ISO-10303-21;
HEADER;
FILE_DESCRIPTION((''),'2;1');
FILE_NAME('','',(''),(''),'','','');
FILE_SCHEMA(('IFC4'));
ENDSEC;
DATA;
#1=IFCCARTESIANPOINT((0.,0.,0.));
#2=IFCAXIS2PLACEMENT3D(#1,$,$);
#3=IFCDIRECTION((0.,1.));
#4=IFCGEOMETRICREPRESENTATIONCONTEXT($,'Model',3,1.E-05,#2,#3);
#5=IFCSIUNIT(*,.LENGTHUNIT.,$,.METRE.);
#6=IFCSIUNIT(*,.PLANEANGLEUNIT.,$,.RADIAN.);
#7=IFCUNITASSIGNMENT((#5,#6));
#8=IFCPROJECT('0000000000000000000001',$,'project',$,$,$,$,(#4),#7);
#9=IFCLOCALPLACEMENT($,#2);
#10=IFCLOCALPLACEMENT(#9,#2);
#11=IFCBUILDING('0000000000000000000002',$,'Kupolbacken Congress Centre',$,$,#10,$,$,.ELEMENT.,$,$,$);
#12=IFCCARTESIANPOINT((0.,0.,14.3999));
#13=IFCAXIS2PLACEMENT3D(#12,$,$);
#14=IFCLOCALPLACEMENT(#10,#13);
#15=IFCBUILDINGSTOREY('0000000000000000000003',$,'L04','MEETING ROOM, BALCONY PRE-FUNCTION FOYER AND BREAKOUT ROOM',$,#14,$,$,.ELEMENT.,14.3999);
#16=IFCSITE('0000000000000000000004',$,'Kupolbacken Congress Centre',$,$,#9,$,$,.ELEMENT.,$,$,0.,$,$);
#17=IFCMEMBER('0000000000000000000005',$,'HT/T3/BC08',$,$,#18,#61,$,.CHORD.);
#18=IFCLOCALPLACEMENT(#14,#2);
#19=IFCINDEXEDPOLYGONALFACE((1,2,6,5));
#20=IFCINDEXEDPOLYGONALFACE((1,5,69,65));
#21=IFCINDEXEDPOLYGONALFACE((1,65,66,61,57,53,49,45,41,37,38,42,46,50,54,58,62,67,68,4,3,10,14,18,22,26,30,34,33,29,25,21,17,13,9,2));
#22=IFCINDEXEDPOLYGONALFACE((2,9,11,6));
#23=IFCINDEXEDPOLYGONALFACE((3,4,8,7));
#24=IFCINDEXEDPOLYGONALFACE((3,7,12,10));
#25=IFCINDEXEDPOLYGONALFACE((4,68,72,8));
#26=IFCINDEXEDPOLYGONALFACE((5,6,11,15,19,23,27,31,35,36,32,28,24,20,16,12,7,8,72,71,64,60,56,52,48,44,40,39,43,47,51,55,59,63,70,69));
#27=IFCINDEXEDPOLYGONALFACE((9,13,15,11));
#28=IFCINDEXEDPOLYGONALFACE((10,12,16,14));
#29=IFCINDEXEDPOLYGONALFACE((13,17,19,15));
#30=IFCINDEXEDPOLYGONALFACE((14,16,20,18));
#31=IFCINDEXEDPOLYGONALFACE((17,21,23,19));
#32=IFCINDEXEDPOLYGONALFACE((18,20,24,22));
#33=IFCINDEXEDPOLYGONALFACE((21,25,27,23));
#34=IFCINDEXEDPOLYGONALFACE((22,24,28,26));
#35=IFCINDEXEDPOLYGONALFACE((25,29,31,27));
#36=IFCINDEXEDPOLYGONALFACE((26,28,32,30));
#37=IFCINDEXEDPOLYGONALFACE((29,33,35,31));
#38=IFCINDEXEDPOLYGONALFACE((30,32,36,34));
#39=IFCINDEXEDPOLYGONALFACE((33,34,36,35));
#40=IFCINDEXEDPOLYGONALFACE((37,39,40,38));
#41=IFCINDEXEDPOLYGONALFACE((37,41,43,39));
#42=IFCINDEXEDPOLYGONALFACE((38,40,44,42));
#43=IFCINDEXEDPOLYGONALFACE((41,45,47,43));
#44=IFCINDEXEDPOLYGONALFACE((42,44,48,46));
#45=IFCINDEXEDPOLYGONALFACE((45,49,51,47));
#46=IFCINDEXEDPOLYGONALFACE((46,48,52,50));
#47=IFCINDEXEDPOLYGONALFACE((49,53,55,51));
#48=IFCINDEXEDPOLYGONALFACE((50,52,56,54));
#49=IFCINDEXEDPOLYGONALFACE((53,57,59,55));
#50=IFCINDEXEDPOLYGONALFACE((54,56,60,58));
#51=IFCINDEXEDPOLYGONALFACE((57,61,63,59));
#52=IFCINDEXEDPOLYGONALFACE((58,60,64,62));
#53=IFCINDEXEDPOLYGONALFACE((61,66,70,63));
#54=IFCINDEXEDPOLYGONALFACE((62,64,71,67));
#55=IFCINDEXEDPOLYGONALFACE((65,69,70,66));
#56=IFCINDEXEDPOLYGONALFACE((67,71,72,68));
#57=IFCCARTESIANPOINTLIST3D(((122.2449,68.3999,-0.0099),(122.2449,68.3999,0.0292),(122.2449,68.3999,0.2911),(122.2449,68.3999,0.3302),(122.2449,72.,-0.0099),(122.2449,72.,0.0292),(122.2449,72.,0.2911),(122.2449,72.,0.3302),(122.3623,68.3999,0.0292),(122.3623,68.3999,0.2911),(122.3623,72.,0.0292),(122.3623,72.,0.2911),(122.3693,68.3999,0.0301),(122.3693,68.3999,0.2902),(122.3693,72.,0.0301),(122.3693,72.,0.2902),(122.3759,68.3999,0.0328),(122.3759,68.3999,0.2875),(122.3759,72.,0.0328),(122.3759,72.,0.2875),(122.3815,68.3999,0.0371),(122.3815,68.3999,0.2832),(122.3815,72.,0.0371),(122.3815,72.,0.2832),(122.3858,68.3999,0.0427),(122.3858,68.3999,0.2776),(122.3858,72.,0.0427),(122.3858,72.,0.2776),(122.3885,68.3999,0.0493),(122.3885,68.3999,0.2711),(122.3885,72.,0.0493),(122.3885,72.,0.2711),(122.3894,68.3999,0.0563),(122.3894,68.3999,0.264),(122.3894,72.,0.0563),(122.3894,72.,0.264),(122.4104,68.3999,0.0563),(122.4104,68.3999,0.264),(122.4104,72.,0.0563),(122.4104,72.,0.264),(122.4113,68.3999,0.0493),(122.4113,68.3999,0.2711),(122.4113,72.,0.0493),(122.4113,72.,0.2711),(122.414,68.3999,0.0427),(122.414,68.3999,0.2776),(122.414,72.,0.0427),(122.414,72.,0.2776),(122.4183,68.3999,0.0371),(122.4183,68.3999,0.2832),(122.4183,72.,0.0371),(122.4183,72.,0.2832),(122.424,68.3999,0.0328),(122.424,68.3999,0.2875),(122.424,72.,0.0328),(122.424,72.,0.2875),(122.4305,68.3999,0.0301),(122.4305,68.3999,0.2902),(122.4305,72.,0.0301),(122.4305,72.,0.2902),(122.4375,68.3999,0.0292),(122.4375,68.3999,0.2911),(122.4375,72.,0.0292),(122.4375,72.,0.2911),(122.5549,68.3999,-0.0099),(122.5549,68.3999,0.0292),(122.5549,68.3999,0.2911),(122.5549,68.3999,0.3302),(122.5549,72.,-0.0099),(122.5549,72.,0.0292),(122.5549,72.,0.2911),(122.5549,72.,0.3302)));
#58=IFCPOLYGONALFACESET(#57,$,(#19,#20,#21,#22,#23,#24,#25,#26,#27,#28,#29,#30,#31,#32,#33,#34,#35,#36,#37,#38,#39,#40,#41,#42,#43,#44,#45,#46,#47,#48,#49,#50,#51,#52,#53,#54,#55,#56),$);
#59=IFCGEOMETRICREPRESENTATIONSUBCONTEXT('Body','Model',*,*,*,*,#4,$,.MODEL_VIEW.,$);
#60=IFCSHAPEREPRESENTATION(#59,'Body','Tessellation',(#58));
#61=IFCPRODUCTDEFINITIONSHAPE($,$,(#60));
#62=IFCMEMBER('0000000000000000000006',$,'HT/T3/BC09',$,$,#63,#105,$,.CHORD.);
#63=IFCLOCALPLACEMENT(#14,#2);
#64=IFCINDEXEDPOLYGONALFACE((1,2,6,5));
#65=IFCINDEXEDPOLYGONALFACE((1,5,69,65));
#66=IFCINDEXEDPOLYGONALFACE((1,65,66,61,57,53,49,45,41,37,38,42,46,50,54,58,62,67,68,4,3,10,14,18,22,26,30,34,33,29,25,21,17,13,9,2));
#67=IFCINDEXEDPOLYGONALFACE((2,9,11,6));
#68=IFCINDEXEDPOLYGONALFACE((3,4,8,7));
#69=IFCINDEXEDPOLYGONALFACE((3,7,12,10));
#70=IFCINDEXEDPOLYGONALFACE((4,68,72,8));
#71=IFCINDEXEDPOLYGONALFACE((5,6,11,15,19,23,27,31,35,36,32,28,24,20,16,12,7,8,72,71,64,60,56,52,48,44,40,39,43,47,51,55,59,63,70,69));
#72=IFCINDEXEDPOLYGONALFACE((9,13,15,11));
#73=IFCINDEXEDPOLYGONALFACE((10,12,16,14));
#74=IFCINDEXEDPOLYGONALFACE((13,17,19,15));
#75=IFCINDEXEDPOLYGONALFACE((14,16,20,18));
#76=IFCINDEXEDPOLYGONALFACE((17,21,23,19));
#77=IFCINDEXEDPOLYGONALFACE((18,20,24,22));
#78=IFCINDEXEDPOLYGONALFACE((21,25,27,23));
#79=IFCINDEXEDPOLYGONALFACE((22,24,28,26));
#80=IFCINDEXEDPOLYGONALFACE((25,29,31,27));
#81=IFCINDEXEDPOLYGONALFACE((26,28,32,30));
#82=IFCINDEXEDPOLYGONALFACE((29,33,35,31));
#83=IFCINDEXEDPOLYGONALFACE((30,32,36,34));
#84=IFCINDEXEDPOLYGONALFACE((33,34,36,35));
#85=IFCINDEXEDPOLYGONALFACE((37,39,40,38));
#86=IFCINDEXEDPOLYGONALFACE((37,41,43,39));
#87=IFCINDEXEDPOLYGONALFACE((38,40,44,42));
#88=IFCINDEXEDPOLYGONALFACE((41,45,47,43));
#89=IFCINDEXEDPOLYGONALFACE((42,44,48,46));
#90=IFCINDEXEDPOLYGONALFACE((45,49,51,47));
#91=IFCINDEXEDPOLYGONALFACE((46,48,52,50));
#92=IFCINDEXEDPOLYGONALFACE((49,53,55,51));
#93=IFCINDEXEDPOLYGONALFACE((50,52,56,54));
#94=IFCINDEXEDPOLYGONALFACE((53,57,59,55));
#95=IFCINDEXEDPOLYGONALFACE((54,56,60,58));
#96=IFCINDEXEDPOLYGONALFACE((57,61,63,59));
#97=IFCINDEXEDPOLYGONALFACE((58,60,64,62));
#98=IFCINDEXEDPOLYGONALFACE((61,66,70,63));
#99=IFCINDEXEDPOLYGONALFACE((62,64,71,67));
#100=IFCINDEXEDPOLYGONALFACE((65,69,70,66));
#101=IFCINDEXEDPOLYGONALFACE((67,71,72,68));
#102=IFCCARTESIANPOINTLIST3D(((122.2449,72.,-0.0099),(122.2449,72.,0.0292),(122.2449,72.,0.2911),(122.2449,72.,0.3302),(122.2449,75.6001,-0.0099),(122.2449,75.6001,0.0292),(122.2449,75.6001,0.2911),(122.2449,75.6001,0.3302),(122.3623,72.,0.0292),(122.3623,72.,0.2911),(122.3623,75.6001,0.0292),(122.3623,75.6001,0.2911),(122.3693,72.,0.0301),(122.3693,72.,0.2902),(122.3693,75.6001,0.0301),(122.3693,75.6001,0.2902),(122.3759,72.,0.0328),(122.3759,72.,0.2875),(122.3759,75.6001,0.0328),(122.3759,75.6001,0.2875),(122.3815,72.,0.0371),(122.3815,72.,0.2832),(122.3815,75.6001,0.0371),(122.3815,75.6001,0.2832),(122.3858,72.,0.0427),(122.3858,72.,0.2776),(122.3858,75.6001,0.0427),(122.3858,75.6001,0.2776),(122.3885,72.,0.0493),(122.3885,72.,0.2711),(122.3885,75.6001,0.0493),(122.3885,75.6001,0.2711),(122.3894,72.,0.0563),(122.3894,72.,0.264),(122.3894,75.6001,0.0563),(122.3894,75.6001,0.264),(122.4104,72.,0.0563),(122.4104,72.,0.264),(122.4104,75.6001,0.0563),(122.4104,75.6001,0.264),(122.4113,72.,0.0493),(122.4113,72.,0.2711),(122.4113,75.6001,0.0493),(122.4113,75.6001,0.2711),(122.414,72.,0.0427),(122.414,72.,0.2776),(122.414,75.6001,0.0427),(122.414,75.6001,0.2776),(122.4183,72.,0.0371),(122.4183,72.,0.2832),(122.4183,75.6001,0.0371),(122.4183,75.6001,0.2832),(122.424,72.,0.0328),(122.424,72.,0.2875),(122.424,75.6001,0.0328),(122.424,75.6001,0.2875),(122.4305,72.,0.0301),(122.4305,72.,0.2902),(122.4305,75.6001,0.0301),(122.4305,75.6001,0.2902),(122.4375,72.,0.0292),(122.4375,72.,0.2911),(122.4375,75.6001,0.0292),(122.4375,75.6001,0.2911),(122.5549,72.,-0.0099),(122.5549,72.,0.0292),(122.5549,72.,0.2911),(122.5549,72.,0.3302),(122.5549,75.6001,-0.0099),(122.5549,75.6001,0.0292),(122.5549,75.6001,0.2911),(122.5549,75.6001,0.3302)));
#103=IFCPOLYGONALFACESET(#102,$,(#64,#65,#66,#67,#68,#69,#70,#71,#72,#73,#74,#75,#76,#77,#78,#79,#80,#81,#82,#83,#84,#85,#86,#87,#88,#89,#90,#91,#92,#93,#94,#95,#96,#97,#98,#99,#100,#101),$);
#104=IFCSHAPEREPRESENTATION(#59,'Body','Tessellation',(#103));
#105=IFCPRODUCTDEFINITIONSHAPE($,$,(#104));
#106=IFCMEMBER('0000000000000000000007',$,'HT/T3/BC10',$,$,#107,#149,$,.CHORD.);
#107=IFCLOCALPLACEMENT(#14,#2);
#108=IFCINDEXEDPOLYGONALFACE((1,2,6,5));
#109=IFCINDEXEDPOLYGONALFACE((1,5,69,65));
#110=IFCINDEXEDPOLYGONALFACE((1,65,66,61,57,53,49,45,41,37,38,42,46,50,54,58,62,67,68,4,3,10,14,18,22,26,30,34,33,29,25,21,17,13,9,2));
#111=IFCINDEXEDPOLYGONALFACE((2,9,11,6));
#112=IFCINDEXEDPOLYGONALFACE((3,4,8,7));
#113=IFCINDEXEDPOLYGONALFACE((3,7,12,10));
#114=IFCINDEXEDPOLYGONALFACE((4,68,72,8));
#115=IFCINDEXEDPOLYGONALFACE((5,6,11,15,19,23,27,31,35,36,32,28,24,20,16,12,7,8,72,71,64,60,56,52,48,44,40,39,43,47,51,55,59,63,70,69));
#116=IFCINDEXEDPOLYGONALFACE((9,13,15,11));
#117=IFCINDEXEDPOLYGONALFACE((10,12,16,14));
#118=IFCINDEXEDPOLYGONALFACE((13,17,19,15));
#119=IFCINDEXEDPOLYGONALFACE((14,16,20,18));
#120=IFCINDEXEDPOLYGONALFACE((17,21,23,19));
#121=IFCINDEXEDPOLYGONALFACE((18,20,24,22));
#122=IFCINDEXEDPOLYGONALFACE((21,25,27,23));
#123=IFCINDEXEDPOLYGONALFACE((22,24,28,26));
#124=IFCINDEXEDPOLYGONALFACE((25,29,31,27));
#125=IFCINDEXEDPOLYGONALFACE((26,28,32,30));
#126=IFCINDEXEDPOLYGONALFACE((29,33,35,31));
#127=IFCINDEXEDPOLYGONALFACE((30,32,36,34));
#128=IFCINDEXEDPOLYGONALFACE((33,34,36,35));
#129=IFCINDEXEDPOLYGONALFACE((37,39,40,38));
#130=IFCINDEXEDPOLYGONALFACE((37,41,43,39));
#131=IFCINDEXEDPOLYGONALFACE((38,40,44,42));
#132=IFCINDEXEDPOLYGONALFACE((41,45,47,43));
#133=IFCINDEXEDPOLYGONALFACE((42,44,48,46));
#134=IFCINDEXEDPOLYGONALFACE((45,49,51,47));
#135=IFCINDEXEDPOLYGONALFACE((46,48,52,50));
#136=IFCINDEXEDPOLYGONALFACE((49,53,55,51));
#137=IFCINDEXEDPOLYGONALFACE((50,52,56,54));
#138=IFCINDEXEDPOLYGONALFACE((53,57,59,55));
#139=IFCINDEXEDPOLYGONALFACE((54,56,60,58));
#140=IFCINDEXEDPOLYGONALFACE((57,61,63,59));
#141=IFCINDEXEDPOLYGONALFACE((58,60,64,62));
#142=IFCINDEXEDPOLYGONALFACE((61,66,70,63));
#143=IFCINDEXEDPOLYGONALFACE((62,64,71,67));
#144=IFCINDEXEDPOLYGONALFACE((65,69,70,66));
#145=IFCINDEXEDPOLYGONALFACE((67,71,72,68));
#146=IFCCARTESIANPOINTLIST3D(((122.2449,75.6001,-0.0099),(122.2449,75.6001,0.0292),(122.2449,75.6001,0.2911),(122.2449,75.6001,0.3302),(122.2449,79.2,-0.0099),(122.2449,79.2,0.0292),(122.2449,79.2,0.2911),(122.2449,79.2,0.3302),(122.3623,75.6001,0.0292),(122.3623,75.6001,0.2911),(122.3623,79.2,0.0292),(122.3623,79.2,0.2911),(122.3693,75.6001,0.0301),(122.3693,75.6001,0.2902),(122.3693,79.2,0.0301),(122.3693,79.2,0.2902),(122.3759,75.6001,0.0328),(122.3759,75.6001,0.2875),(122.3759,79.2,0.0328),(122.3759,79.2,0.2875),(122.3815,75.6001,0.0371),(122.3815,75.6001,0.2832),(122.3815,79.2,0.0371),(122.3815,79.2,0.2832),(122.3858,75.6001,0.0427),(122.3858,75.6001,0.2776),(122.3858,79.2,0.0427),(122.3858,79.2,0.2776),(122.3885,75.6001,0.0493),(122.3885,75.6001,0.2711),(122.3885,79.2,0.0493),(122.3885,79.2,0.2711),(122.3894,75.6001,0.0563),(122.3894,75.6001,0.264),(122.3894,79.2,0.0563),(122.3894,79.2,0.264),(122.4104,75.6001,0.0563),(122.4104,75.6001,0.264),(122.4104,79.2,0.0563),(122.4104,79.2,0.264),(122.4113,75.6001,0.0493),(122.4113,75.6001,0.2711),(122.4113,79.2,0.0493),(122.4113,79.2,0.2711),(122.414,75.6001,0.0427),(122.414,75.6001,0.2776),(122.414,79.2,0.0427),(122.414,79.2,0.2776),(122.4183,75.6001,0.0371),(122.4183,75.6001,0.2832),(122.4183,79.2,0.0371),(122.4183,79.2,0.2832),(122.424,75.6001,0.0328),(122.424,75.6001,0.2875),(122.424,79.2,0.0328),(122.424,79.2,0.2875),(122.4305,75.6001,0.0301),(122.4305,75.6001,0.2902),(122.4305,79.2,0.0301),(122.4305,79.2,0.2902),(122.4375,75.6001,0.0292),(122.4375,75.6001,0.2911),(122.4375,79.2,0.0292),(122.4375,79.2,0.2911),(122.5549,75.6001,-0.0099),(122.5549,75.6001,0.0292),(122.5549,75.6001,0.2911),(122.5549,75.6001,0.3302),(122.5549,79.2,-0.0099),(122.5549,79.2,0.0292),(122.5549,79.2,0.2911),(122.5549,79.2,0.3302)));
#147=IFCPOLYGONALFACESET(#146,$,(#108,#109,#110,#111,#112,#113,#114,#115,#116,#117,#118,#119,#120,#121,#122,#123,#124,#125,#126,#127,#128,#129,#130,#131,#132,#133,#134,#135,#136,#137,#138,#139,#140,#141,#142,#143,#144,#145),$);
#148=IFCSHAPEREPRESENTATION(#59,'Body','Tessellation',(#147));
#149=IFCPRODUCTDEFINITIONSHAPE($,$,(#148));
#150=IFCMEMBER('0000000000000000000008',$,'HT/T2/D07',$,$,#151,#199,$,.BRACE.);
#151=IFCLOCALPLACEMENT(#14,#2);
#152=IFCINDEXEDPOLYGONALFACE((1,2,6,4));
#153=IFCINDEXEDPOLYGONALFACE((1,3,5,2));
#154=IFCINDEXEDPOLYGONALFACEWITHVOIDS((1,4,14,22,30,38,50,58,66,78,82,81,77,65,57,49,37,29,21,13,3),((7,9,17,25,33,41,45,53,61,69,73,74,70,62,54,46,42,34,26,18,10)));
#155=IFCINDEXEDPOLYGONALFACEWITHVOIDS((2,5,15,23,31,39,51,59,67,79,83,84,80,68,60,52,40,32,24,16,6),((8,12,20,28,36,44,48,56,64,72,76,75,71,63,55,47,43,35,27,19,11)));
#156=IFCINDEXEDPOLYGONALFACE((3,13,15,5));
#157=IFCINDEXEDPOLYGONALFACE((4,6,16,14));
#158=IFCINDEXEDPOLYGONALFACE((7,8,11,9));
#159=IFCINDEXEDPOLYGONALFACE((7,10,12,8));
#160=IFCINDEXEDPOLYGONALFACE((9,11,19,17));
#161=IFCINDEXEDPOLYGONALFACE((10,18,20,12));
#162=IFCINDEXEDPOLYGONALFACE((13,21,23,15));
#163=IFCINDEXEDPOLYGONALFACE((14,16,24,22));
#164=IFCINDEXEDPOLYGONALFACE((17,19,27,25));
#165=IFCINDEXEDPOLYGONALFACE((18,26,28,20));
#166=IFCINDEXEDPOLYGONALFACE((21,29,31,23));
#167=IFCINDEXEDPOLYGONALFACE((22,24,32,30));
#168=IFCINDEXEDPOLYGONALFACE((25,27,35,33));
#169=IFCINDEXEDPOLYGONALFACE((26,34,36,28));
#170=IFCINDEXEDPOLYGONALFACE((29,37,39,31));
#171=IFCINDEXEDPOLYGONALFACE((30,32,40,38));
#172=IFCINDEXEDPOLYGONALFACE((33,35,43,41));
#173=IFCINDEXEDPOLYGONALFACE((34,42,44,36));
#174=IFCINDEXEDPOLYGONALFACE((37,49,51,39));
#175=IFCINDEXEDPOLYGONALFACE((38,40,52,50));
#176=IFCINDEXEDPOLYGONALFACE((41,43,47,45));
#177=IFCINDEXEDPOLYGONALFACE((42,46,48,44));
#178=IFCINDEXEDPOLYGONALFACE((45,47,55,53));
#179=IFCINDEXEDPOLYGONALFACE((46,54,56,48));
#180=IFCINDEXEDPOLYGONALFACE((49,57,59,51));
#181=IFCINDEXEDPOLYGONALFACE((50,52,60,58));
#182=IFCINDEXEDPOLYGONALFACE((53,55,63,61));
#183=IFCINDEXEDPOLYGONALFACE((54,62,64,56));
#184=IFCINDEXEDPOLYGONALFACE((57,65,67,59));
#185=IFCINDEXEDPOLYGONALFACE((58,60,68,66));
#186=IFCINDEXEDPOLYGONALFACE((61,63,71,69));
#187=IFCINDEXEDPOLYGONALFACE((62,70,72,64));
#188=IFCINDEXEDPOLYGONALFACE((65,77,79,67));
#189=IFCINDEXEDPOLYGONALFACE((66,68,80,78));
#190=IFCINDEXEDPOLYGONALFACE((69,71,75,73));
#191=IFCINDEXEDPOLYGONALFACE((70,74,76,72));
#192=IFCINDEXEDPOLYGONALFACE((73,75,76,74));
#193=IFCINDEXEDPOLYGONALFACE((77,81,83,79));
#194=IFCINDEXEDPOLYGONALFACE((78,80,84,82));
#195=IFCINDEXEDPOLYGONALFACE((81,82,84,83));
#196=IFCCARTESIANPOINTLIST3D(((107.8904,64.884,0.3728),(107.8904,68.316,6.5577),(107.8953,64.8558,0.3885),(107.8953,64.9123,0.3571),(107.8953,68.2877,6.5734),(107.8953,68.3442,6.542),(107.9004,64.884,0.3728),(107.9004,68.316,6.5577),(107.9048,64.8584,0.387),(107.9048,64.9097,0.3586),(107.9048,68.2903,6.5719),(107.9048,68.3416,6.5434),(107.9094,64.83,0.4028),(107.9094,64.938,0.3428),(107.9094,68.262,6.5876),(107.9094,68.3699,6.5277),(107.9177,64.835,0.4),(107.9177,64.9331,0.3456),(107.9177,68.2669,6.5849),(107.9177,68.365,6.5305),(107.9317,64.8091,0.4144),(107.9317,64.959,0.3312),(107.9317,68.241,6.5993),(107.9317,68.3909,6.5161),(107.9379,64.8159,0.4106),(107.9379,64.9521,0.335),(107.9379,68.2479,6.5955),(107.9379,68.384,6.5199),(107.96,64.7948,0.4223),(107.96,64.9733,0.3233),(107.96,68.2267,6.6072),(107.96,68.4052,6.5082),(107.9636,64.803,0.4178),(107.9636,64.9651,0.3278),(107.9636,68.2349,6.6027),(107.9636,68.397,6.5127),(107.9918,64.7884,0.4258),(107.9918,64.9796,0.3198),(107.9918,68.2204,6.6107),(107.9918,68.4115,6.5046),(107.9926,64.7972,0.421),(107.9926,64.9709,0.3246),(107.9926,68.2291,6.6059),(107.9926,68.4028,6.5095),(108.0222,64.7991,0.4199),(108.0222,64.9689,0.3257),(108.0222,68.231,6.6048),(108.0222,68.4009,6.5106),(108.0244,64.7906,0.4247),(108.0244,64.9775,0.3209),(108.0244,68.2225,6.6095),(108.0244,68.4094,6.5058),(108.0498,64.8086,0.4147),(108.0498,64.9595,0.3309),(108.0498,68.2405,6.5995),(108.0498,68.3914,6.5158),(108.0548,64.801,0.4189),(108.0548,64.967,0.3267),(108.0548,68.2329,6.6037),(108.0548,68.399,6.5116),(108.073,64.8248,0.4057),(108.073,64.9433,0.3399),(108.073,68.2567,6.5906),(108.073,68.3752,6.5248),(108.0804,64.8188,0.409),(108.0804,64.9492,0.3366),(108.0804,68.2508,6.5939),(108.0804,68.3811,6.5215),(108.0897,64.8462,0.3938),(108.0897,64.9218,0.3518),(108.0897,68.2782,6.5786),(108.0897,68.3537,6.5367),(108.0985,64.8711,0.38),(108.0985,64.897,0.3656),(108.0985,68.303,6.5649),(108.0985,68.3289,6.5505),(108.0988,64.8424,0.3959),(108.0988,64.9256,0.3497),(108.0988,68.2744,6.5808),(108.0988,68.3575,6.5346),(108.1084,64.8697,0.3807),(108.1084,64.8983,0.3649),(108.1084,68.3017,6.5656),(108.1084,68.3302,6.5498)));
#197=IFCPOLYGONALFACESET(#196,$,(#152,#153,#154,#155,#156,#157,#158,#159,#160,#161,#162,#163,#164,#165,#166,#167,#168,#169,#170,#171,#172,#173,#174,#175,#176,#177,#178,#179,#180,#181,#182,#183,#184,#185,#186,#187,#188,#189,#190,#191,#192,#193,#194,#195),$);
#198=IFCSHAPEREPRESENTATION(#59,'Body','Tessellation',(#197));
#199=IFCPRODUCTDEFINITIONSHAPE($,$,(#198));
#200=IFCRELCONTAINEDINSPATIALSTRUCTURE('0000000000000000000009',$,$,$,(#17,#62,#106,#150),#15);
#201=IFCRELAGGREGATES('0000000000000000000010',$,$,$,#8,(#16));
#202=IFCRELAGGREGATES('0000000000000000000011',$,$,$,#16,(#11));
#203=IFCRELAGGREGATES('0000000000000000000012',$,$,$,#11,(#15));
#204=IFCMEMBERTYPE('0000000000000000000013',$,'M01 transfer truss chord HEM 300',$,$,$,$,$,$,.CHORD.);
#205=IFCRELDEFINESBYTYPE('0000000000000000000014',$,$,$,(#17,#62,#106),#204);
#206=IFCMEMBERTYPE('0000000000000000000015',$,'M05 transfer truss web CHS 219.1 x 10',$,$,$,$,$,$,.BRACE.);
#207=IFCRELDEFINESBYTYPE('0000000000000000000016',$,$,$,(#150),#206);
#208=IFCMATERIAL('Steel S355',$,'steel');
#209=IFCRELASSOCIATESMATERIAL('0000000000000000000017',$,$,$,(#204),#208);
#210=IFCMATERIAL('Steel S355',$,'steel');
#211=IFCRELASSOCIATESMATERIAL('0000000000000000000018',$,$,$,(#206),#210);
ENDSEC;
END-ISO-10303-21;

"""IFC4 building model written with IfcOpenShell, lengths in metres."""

from ifc_helpers import new_model, si_unit, direction, frame, origin, origin_2d, place, context, subcontext, project, spatial, hollow_circle, i_section, extrude, material, material_profile, profile_set, type_object, element, save


model = new_model("IFC4")

# Units and contexts
model_context = context("Model", 3, precision=1e-05, world=origin(), true_north=direction((0.0, 1.0)))
body_context = subcontext(model_context, "Body", "Model", "MODEL_VIEW")
ifc_project = project(units=[si_unit("LENGTHUNIT", "METRE"), si_unit("PLANEANGLEUNIT", "RADIAN")], contexts=[model_context])

# Site, building, storey
site_placement = place(None, origin())
site = spatial("IfcSite", under=ifc_project, at=site_placement, Name="Kupolbacken Congress Centre", CompositionType="ELEMENT", RefElevation=0.0)
building_placement = place(site_placement, origin())
building = spatial("IfcBuilding", under=site, at=building_placement, Name="Kupolbacken Congress Centre", CompositionType="ELEMENT")
storey_placement = place(building_placement, frame((0.0, 0.0, 14.3999)))
storey = spatial("IfcBuildingStorey", under=building, at=storey_placement, Name="L04", Description="MEETING ROOM, BALCONY PRE-FUNCTION FOYER AND BREAKOUT ROOM", CompositionType="ELEMENT", Elevation=14.3999)

# Members
ifc_material_1 = material(Name="Steel S355", Category="steel")
ifc_material_profile_1 = material_profile(ifc_material_1, i_section(OverallWidth=0.3101, OverallDepth=0.3401, WebThickness=0.021, FlangeThickness=0.0391, FilletRadius=0.0271, at=origin_2d()), Name="HEM 300")
ifc_profile_set_1 = profile_set([ifc_material_profile_1], Name="Steel S355")
member_type_1 = type_object("IfcMemberType", Name="M01 transfer truss chord HEM 300", PredefinedType="CHORD", material=ifc_profile_set_1)
for number, where, z_axis, x_axis, name in (
    (1, (122.3999, 68.3999, 0.1602), (0.0, 1.0, 0.0), (-1.0, 0.0, 0.0), "HT/T3/BC08"),
    (2, (122.3999, 72.0, 0.1602), (0.0, 1.0, 0.0), (-1.0, 0.0, 0.0), "HT/T3/BC09"),
):
    element("IfcMember", number, at=place(storey_placement, frame(where, z_axis=z_axis, x_axis=x_axis)), inside=storey, type_object=member_type_1, Name=name, PredefinedType="CHORD", context=body_context, shape_type="SweptSolid", body=[
        extrude(i_section(OverallWidth=0.3101, OverallDepth=0.3401, WebThickness=0.021, FlangeThickness=0.0391, FilletRadius=0.0271, at=origin_2d()), origin(), (0.0, 0.0, 1.0), 3.6001),
    ])
member_1_placement = place(storey_placement, frame((122.3999, 75.6001, 0.1602), z_axis=(0.0, 1.0, 0.0), x_axis=(-1.0, 0.0, 0.0)))
element("IfcMember", 3, at=member_1_placement, inside=storey, type_object=member_type_1, Name="HT/T3/BC10", PredefinedType="CHORD", context=body_context, shape_type="SweptSolid", body=[
    extrude(i_section(OverallWidth=0.3101, OverallDepth=0.3401, WebThickness=0.021, FlangeThickness=0.0391, FilletRadius=0.0271, at=origin_2d()), origin(), (0.0, 0.0, 1.0), 3.5999),
])
ifc_material_2 = material(Name="Steel S355", Category="steel")
ifc_material_profile_2 = material_profile(ifc_material_2, hollow_circle(Radius=0.1096, WallThickness=0.01, at=origin_2d()), Name="CHS 219.1 x 10")
ifc_profile_set_2 = profile_set([ifc_material_profile_2], Name="Steel S355")
member_type_2 = type_object("IfcMemberType", Name="M05 transfer truss web CHS 219.1 x 10", PredefinedType="BRACE", material=ifc_profile_set_2)
member_2_placement = place(storey_placement, frame((108.0, 64.884, 0.3728), z_axis=(0.0, 0.485197, 0.874405), x_axis=(-1.0, 0.0, 0.0)))
element("IfcMember", 4, at=member_2_placement, inside=storey, type_object=member_type_2, Name="HT/T2/D07", PredefinedType="BRACE", context=body_context, shape_type="SweptSolid", body=[
    extrude(hollow_circle(Radius=0.1096, WallThickness=0.01, at=origin_2d()), origin(), (0.0, 0.0, 1.0), 7.0732),
])

save(model, "model.ifc")
